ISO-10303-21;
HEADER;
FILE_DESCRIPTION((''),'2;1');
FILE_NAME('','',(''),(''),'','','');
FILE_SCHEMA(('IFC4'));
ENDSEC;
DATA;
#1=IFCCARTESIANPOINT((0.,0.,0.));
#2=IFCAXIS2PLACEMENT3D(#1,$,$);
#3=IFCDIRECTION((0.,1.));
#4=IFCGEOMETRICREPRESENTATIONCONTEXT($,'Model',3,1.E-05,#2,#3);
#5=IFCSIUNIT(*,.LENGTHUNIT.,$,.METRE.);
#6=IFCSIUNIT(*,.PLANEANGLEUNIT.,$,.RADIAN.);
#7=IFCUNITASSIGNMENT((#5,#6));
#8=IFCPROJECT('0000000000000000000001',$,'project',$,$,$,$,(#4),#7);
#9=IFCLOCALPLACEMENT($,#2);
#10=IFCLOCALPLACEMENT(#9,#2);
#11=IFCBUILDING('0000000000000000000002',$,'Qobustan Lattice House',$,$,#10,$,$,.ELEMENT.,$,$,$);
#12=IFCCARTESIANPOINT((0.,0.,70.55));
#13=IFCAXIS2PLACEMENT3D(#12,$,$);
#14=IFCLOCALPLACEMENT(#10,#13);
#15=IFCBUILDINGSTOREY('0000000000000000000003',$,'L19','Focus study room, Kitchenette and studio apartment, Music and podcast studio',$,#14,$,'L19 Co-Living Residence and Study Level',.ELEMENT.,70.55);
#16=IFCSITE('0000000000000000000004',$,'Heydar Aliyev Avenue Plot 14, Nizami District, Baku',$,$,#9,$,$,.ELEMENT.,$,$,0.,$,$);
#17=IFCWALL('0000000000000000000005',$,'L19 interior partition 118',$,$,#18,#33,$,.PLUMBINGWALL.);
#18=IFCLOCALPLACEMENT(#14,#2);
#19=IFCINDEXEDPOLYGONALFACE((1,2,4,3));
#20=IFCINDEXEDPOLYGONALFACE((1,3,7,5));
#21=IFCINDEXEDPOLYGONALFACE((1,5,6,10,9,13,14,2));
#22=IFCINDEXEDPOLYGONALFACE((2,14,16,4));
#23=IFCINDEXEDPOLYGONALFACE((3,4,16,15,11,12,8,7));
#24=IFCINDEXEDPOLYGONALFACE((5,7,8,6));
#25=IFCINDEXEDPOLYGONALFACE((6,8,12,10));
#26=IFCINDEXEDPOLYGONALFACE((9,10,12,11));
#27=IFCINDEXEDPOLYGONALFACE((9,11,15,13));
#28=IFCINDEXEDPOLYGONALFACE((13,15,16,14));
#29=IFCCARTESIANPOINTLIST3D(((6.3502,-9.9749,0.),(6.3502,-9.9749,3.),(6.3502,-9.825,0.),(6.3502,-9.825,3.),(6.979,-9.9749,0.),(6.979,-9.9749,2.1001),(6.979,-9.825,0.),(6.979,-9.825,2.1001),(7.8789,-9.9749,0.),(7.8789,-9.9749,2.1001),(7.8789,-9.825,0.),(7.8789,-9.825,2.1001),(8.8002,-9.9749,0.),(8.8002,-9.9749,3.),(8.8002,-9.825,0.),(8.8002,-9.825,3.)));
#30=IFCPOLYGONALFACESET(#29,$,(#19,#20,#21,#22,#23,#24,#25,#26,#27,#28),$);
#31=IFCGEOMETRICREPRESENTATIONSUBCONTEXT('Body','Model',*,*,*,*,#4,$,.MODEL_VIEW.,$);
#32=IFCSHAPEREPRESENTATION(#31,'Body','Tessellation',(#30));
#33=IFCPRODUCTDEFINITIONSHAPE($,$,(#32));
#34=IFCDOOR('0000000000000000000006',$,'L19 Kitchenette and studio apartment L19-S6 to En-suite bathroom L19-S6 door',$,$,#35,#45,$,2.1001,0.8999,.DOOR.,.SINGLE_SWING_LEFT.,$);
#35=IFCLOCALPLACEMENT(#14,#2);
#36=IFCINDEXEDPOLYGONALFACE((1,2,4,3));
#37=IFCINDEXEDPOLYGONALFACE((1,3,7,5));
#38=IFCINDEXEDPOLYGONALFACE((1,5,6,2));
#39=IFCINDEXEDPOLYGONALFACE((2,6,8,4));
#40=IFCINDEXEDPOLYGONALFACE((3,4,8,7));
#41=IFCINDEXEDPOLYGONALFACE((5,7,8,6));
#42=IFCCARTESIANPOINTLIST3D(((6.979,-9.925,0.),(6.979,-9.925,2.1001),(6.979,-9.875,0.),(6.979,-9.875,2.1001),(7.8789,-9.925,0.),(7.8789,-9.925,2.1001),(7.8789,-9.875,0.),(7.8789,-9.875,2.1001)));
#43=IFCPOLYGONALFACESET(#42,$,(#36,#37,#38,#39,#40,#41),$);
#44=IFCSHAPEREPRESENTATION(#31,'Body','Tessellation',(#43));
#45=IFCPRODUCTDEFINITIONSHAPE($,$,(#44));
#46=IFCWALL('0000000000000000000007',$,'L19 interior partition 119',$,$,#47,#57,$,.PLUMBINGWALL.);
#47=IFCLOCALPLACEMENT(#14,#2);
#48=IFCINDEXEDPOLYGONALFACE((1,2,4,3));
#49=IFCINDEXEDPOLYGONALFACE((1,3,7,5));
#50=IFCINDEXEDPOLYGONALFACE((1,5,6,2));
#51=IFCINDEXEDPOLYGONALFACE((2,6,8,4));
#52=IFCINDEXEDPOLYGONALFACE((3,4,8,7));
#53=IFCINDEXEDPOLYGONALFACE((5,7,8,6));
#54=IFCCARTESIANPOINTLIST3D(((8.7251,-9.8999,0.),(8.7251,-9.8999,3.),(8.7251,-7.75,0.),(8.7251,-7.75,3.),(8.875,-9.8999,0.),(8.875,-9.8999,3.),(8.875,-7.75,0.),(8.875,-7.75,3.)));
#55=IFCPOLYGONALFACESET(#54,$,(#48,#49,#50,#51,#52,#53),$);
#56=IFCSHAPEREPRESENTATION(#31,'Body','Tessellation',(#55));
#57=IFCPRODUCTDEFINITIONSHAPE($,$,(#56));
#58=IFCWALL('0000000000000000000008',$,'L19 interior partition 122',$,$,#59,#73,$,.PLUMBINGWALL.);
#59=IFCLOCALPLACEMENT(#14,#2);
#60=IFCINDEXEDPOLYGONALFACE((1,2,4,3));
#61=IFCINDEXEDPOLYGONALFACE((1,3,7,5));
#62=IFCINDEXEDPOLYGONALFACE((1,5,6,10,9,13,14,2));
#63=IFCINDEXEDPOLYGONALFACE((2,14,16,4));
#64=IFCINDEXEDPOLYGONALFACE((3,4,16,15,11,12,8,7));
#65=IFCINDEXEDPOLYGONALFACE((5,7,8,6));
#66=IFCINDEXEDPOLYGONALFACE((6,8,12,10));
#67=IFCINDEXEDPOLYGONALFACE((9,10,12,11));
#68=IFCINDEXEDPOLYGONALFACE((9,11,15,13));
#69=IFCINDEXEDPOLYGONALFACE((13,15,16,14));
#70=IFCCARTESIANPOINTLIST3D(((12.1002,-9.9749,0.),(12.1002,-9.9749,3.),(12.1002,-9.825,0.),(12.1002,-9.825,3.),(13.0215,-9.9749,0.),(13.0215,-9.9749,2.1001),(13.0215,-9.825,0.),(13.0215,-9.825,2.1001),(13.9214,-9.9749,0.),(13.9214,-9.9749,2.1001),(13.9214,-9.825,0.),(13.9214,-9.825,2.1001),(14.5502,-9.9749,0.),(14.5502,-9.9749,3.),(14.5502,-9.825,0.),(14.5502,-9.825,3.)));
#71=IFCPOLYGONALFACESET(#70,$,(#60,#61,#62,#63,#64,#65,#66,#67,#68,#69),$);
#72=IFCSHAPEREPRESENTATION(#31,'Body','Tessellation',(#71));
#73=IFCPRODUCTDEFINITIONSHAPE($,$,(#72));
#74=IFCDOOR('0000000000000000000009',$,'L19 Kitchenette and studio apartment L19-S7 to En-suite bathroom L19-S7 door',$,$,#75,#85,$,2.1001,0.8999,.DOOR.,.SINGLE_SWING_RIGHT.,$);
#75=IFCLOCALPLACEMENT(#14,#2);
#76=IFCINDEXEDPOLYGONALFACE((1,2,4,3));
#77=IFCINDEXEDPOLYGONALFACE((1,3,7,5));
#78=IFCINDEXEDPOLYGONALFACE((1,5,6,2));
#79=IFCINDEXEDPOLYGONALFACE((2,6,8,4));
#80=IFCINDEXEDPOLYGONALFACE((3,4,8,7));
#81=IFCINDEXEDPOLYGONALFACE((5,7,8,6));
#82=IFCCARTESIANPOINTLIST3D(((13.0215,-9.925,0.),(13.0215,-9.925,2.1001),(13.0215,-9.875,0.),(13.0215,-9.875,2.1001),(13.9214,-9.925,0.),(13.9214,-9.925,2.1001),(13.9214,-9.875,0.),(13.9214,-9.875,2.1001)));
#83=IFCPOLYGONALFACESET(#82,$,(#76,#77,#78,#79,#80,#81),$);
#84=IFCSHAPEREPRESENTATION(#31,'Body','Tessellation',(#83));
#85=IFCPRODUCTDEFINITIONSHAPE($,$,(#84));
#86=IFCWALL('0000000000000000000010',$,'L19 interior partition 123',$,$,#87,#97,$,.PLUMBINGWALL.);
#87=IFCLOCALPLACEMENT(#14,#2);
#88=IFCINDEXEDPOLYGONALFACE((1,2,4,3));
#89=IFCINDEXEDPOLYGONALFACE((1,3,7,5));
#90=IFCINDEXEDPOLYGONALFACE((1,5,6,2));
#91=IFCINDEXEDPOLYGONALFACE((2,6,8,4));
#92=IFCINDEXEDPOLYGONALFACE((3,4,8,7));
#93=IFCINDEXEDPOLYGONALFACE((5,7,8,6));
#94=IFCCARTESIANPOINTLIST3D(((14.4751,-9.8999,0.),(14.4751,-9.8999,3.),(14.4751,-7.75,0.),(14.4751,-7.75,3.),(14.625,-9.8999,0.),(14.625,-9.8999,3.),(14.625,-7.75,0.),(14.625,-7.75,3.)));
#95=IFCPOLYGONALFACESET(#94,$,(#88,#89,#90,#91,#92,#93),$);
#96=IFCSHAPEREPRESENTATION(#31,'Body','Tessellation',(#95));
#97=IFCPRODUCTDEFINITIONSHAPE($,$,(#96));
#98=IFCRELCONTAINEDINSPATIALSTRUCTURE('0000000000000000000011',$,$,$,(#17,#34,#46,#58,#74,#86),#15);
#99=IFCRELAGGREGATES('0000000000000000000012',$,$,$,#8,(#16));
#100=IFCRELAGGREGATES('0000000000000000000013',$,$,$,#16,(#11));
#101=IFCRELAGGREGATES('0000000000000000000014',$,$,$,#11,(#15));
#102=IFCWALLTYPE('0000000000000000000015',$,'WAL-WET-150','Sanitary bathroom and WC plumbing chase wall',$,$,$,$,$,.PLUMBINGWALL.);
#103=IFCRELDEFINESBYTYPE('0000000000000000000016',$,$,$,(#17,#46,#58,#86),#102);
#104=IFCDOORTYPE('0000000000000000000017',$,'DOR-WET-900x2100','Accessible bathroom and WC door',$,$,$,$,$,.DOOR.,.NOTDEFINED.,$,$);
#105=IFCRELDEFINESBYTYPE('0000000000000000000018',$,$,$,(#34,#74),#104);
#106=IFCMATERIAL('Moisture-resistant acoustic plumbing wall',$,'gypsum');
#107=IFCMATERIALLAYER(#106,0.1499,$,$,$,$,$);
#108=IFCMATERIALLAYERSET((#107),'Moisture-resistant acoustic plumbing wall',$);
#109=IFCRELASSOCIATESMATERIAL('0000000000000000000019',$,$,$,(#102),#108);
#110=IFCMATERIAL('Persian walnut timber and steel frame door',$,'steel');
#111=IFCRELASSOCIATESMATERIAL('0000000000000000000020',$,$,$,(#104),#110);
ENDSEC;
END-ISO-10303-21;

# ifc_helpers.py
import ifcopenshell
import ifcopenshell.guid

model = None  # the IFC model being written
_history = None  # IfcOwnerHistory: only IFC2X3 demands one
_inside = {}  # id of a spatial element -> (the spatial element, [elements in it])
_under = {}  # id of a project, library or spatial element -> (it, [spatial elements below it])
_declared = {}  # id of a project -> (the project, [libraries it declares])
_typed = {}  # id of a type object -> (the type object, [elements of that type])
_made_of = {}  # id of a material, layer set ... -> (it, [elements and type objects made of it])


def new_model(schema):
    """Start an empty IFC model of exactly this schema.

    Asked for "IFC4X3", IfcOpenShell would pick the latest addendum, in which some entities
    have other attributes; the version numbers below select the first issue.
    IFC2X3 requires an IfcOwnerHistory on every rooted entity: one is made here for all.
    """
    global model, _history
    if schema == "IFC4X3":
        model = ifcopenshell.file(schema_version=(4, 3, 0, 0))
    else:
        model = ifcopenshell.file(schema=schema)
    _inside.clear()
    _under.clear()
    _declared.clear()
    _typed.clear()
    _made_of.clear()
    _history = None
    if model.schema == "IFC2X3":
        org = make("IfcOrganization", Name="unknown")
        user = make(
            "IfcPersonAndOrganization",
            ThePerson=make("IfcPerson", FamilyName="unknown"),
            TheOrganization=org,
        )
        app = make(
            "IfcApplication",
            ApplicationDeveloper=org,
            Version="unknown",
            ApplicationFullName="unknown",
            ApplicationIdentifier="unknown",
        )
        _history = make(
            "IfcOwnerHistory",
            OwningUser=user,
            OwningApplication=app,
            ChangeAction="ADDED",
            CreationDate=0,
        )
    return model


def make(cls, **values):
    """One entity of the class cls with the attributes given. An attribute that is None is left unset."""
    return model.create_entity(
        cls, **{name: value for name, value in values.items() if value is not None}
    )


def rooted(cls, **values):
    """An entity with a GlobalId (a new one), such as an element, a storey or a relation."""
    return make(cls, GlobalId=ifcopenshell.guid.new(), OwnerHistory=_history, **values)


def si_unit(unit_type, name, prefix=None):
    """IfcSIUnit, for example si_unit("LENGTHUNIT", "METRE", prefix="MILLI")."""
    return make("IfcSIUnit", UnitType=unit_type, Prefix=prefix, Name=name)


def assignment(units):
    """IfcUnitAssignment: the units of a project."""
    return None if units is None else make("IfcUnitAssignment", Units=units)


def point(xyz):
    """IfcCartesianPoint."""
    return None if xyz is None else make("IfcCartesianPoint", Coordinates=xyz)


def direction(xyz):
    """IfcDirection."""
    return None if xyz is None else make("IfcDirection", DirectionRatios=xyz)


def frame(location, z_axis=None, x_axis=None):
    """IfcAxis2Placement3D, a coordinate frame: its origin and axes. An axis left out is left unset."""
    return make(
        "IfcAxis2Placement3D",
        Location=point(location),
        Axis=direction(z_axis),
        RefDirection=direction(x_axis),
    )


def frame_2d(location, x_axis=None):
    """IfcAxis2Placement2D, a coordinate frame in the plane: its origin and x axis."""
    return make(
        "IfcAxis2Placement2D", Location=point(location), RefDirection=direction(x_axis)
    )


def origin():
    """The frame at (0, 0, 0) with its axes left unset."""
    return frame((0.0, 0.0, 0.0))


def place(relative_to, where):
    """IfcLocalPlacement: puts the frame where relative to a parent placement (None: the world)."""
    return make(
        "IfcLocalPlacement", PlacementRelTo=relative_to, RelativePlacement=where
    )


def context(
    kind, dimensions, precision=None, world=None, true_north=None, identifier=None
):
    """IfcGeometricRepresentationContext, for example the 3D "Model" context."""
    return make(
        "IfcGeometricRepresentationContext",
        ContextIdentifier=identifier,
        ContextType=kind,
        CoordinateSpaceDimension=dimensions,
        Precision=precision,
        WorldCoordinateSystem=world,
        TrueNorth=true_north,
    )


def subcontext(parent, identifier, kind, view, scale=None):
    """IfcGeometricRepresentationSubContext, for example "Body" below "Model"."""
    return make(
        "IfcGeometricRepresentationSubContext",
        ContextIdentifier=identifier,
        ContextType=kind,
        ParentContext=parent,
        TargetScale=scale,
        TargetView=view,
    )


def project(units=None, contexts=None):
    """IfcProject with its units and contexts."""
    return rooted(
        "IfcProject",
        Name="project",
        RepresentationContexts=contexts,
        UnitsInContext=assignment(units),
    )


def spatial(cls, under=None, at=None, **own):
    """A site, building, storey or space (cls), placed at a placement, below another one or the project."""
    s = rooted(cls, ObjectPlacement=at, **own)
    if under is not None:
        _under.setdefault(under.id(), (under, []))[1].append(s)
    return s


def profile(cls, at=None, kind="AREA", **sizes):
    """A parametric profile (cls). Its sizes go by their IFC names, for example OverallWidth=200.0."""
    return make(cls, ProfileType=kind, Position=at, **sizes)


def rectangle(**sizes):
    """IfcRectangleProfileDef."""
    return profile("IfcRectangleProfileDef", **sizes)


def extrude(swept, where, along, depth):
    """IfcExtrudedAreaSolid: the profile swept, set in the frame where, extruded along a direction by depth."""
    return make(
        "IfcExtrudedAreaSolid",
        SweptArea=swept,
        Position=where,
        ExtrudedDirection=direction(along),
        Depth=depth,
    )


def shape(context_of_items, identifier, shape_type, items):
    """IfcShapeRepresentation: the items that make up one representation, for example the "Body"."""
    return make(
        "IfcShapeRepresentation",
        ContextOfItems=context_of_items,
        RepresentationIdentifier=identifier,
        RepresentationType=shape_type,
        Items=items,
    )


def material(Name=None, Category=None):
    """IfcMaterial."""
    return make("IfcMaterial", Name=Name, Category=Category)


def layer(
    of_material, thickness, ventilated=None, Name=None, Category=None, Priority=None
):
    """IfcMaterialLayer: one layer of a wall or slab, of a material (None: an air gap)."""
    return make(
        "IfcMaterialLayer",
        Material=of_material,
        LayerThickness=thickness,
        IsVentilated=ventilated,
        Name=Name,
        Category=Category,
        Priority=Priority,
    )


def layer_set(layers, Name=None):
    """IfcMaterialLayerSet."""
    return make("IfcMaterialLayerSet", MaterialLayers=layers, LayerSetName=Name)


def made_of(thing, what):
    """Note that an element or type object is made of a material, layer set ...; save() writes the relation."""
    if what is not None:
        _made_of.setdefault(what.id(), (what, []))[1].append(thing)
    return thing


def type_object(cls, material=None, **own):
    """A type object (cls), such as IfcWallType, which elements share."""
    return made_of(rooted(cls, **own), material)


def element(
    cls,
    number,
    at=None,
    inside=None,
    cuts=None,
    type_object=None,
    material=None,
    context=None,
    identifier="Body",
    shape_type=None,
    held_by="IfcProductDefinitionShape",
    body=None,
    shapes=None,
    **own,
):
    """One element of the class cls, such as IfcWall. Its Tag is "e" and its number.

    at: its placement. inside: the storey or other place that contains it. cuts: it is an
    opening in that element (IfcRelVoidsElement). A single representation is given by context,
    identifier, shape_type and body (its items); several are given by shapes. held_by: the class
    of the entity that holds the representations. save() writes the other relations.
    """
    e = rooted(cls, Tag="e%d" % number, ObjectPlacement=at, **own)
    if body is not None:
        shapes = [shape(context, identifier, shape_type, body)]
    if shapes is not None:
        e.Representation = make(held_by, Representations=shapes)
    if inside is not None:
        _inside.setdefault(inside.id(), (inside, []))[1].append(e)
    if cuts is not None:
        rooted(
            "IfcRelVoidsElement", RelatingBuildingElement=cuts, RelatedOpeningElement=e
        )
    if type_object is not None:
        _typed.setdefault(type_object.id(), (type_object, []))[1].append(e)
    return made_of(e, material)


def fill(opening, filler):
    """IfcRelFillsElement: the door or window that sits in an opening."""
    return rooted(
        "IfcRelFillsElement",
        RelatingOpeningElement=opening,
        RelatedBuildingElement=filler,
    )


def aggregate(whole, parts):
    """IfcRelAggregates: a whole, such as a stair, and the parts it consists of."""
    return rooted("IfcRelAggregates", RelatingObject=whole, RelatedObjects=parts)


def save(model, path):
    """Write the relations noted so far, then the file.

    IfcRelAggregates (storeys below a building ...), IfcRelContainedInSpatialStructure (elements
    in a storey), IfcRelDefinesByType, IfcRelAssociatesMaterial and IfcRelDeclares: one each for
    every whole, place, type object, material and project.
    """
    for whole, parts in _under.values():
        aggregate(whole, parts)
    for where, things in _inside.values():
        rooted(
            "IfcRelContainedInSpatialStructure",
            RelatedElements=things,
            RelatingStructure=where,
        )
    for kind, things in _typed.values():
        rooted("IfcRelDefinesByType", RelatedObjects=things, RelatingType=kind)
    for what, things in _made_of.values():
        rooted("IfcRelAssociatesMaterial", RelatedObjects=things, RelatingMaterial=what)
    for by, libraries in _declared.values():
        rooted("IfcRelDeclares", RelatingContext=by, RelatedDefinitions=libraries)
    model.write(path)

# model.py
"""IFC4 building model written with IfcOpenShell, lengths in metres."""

from ifc_helpers import new_model, si_unit, direction, frame, frame_2d, origin, place, context, subcontext, project, spatial, rectangle, extrude, material, layer, layer_set, type_object, element, fill, save


model = new_model("IFC4")

# Units and contexts
model_context = context("Model", 3, precision=1e-05, world=origin(), true_north=direction((0.0, 1.0)))
body_context = subcontext(model_context, "Body", "Model", "MODEL_VIEW")
ifc_project = project(units=[si_unit("LENGTHUNIT", "METRE"), si_unit("PLANEANGLEUNIT", "RADIAN")], contexts=[model_context])

# Site, building, storey
site_placement = place(None, origin())
site = spatial("IfcSite", under=ifc_project, at=site_placement, Name="Heydar Aliyev Avenue Plot 14, Nizami District, Baku", CompositionType="ELEMENT", RefElevation=0.0)
building_placement = place(site_placement, origin())
building = spatial("IfcBuilding", under=site, at=building_placement, Name="Qobustan Lattice House", CompositionType="ELEMENT")
storey_placement = place(building_placement, frame((0.0, 0.0, 70.55)))
storey = spatial("IfcBuildingStorey", under=building, at=storey_placement, Name="L19", Description="Focus study room, Kitchenette and studio apartment, Music and podcast studio", LongName="L19 Co-Living Residence and Study Level", CompositionType="ELEMENT", Elevation=70.55)

# Shared definitions
ifc_material_1 = material(Name="Moisture-resistant acoustic plumbing wall", Category="gypsum")
ifc_layer_1 = layer(ifc_material_1, 0.1499)
ifc_layer_set_1 = layer_set([ifc_layer_1], Name="Moisture-resistant acoustic plumbing wall")
wall_type_1 = type_object("IfcWallType", Name="WAL-WET-150", Description="Sanitary bathroom and WC plumbing chase wall", PredefinedType="PLUMBINGWALL", material=ifc_layer_set_1)
ifc_material_2 = material(Name="Persian walnut timber and steel frame door", Category="steel")
door_type_1 = type_object("IfcDoorType", Name="DOR-WET-900x2100", Description="Accessible bathroom and WC door", OperationType="NOTDEFINED", PredefinedType="DOOR", material=ifc_material_2)

# Wall, opening, door
wall_1_placement = place(storey_placement, frame((6.3501, -9.8999, 0.0), z_axis=(0.0, 0.0, 1.0), x_axis=(1.0, 0.0, 0.0)))
wall_1 = element("IfcWall", 1, at=wall_1_placement, inside=storey, type_object=wall_type_1, Name="L19 interior partition 118", PredefinedType="PLUMBINGWALL", context=body_context, shape_type="SweptSolid", body=[
    extrude(rectangle(XDim=2.45, YDim=0.1499, at=frame_2d((1.2251, 0.0))), origin(), (0.0, 0.0, 1.0), 3.0),
])
opening_1_placement = place(wall_1_placement, frame((0.6289, 0.0, 0.0)))
opening_1 = element("IfcOpeningElement", 2, at=opening_1_placement, cuts=wall_1, PredefinedType="OPENING", context=body_context, shape_type="SweptSolid", body=[
    extrude(rectangle(XDim=0.8999, YDim=2.1001, at=frame_2d((0.45, 1.05))), frame((0.0, 0.085, 0.0), z_axis=(0.0, -1.0, 0.0), x_axis=(1.0, 0.0, 0.0)), (0.0, 0.0, 1.0), 0.1699),
])
door_1_placement = place(opening_1_placement, origin())
door_1 = element("IfcDoor", 3, at=door_1_placement, inside=storey, type_object=door_type_1, Name="L19 Kitchenette and studio apartment L19-S6 to En-suite bathroom L19-S6 door", OperationType="SINGLE_SWING_LEFT", OverallHeight=2.1001, OverallWidth=0.8999, PredefinedType="DOOR", context=body_context, shape_type="SweptSolid", body=[
    extrude(rectangle(XDim=0.8999, YDim=2.1001, at=frame_2d((0.45, 1.05))), frame((0.0, 0.0249, 0.0), z_axis=(0.0, -1.0, 0.0), x_axis=(1.0, 0.0, 0.0)), (0.0, 0.0, 1.0), 0.05),
])
fill(opening_1, door_1)

# Wall
wall_2_placement = place(storey_placement, frame((8.8, -9.8999, 0.0), z_axis=(0.0, 0.0, 1.0), x_axis=(0.0, 1.0, 0.0)))
element("IfcWall", 4, at=wall_2_placement, inside=storey, type_object=wall_type_1, Name="L19 interior partition 119", PredefinedType="PLUMBINGWALL", context=body_context, shape_type="SweptSolid", body=[
    extrude(rectangle(XDim=2.1499, YDim=0.1499, at=frame_2d((1.075, 0.0))), origin(), (0.0, 0.0, 1.0), 3.0),
])

# Wall, opening, door
wall_3_placement = place(storey_placement, frame((12.1001, -9.8999, 0.0), z_axis=(0.0, 0.0, 1.0), x_axis=(1.0, 0.0, 0.0)))
wall_3 = element("IfcWall", 5, at=wall_3_placement, inside=storey, type_object=wall_type_1, Name="L19 interior partition 122", PredefinedType="PLUMBINGWALL", context=body_context, shape_type="SweptSolid", body=[
    extrude(rectangle(XDim=2.45, YDim=0.1499, at=frame_2d((1.2251, 0.0))), origin(), (0.0, 0.0, 1.0), 3.0),
])
opening_2_placement = place(wall_3_placement, frame((0.9214, 0.0, 0.0)))
opening_2 = element("IfcOpeningElement", 6, at=opening_2_placement, cuts=wall_3, PredefinedType="OPENING", context=body_context, shape_type="SweptSolid", body=[
    extrude(rectangle(XDim=0.8999, YDim=2.1001, at=frame_2d((0.45, 1.05))), frame((0.0, 0.085, 0.0), z_axis=(0.0, -1.0, 0.0), x_axis=(1.0, 0.0, 0.0)), (0.0, 0.0, 1.0), 0.1699),
])
door_2_placement = place(opening_2_placement, origin())
door_2 = element("IfcDoor", 7, at=door_2_placement, inside=storey, type_object=door_type_1, Name="L19 Kitchenette and studio apartment L19-S7 to En-suite bathroom L19-S7 door", OperationType="SINGLE_SWING_RIGHT", OverallHeight=2.1001, OverallWidth=0.8999, PredefinedType="DOOR", context=body_context, shape_type="SweptSolid", body=[
    extrude(rectangle(XDim=0.8999, YDim=2.1001, at=frame_2d((0.45, 1.05))), frame((0.0, 0.0249, 0.0), z_axis=(0.0, -1.0, 0.0), x_axis=(1.0, 0.0, 0.0)), (0.0, 0.0, 1.0), 0.05),
])
fill(opening_2, door_2)

# Wall
wall_4_placement = place(storey_placement, frame((14.55, -9.8999, 0.0), z_axis=(0.0, 0.0, 1.0), x_axis=(0.0, 1.0, 0.0)))
element("IfcWall", 8, at=wall_4_placement, inside=storey, type_object=wall_type_1, Name="L19 interior partition 123", PredefinedType="PLUMBINGWALL", context=body_context, shape_type="SweptSolid", body=[
    extrude(rectangle(XDim=2.1499, YDim=0.1499, at=frame_2d((1.075, 0.0))), origin(), (0.0, 0.0, 1.0), 3.0),
])

save(model, "model.ifc")
